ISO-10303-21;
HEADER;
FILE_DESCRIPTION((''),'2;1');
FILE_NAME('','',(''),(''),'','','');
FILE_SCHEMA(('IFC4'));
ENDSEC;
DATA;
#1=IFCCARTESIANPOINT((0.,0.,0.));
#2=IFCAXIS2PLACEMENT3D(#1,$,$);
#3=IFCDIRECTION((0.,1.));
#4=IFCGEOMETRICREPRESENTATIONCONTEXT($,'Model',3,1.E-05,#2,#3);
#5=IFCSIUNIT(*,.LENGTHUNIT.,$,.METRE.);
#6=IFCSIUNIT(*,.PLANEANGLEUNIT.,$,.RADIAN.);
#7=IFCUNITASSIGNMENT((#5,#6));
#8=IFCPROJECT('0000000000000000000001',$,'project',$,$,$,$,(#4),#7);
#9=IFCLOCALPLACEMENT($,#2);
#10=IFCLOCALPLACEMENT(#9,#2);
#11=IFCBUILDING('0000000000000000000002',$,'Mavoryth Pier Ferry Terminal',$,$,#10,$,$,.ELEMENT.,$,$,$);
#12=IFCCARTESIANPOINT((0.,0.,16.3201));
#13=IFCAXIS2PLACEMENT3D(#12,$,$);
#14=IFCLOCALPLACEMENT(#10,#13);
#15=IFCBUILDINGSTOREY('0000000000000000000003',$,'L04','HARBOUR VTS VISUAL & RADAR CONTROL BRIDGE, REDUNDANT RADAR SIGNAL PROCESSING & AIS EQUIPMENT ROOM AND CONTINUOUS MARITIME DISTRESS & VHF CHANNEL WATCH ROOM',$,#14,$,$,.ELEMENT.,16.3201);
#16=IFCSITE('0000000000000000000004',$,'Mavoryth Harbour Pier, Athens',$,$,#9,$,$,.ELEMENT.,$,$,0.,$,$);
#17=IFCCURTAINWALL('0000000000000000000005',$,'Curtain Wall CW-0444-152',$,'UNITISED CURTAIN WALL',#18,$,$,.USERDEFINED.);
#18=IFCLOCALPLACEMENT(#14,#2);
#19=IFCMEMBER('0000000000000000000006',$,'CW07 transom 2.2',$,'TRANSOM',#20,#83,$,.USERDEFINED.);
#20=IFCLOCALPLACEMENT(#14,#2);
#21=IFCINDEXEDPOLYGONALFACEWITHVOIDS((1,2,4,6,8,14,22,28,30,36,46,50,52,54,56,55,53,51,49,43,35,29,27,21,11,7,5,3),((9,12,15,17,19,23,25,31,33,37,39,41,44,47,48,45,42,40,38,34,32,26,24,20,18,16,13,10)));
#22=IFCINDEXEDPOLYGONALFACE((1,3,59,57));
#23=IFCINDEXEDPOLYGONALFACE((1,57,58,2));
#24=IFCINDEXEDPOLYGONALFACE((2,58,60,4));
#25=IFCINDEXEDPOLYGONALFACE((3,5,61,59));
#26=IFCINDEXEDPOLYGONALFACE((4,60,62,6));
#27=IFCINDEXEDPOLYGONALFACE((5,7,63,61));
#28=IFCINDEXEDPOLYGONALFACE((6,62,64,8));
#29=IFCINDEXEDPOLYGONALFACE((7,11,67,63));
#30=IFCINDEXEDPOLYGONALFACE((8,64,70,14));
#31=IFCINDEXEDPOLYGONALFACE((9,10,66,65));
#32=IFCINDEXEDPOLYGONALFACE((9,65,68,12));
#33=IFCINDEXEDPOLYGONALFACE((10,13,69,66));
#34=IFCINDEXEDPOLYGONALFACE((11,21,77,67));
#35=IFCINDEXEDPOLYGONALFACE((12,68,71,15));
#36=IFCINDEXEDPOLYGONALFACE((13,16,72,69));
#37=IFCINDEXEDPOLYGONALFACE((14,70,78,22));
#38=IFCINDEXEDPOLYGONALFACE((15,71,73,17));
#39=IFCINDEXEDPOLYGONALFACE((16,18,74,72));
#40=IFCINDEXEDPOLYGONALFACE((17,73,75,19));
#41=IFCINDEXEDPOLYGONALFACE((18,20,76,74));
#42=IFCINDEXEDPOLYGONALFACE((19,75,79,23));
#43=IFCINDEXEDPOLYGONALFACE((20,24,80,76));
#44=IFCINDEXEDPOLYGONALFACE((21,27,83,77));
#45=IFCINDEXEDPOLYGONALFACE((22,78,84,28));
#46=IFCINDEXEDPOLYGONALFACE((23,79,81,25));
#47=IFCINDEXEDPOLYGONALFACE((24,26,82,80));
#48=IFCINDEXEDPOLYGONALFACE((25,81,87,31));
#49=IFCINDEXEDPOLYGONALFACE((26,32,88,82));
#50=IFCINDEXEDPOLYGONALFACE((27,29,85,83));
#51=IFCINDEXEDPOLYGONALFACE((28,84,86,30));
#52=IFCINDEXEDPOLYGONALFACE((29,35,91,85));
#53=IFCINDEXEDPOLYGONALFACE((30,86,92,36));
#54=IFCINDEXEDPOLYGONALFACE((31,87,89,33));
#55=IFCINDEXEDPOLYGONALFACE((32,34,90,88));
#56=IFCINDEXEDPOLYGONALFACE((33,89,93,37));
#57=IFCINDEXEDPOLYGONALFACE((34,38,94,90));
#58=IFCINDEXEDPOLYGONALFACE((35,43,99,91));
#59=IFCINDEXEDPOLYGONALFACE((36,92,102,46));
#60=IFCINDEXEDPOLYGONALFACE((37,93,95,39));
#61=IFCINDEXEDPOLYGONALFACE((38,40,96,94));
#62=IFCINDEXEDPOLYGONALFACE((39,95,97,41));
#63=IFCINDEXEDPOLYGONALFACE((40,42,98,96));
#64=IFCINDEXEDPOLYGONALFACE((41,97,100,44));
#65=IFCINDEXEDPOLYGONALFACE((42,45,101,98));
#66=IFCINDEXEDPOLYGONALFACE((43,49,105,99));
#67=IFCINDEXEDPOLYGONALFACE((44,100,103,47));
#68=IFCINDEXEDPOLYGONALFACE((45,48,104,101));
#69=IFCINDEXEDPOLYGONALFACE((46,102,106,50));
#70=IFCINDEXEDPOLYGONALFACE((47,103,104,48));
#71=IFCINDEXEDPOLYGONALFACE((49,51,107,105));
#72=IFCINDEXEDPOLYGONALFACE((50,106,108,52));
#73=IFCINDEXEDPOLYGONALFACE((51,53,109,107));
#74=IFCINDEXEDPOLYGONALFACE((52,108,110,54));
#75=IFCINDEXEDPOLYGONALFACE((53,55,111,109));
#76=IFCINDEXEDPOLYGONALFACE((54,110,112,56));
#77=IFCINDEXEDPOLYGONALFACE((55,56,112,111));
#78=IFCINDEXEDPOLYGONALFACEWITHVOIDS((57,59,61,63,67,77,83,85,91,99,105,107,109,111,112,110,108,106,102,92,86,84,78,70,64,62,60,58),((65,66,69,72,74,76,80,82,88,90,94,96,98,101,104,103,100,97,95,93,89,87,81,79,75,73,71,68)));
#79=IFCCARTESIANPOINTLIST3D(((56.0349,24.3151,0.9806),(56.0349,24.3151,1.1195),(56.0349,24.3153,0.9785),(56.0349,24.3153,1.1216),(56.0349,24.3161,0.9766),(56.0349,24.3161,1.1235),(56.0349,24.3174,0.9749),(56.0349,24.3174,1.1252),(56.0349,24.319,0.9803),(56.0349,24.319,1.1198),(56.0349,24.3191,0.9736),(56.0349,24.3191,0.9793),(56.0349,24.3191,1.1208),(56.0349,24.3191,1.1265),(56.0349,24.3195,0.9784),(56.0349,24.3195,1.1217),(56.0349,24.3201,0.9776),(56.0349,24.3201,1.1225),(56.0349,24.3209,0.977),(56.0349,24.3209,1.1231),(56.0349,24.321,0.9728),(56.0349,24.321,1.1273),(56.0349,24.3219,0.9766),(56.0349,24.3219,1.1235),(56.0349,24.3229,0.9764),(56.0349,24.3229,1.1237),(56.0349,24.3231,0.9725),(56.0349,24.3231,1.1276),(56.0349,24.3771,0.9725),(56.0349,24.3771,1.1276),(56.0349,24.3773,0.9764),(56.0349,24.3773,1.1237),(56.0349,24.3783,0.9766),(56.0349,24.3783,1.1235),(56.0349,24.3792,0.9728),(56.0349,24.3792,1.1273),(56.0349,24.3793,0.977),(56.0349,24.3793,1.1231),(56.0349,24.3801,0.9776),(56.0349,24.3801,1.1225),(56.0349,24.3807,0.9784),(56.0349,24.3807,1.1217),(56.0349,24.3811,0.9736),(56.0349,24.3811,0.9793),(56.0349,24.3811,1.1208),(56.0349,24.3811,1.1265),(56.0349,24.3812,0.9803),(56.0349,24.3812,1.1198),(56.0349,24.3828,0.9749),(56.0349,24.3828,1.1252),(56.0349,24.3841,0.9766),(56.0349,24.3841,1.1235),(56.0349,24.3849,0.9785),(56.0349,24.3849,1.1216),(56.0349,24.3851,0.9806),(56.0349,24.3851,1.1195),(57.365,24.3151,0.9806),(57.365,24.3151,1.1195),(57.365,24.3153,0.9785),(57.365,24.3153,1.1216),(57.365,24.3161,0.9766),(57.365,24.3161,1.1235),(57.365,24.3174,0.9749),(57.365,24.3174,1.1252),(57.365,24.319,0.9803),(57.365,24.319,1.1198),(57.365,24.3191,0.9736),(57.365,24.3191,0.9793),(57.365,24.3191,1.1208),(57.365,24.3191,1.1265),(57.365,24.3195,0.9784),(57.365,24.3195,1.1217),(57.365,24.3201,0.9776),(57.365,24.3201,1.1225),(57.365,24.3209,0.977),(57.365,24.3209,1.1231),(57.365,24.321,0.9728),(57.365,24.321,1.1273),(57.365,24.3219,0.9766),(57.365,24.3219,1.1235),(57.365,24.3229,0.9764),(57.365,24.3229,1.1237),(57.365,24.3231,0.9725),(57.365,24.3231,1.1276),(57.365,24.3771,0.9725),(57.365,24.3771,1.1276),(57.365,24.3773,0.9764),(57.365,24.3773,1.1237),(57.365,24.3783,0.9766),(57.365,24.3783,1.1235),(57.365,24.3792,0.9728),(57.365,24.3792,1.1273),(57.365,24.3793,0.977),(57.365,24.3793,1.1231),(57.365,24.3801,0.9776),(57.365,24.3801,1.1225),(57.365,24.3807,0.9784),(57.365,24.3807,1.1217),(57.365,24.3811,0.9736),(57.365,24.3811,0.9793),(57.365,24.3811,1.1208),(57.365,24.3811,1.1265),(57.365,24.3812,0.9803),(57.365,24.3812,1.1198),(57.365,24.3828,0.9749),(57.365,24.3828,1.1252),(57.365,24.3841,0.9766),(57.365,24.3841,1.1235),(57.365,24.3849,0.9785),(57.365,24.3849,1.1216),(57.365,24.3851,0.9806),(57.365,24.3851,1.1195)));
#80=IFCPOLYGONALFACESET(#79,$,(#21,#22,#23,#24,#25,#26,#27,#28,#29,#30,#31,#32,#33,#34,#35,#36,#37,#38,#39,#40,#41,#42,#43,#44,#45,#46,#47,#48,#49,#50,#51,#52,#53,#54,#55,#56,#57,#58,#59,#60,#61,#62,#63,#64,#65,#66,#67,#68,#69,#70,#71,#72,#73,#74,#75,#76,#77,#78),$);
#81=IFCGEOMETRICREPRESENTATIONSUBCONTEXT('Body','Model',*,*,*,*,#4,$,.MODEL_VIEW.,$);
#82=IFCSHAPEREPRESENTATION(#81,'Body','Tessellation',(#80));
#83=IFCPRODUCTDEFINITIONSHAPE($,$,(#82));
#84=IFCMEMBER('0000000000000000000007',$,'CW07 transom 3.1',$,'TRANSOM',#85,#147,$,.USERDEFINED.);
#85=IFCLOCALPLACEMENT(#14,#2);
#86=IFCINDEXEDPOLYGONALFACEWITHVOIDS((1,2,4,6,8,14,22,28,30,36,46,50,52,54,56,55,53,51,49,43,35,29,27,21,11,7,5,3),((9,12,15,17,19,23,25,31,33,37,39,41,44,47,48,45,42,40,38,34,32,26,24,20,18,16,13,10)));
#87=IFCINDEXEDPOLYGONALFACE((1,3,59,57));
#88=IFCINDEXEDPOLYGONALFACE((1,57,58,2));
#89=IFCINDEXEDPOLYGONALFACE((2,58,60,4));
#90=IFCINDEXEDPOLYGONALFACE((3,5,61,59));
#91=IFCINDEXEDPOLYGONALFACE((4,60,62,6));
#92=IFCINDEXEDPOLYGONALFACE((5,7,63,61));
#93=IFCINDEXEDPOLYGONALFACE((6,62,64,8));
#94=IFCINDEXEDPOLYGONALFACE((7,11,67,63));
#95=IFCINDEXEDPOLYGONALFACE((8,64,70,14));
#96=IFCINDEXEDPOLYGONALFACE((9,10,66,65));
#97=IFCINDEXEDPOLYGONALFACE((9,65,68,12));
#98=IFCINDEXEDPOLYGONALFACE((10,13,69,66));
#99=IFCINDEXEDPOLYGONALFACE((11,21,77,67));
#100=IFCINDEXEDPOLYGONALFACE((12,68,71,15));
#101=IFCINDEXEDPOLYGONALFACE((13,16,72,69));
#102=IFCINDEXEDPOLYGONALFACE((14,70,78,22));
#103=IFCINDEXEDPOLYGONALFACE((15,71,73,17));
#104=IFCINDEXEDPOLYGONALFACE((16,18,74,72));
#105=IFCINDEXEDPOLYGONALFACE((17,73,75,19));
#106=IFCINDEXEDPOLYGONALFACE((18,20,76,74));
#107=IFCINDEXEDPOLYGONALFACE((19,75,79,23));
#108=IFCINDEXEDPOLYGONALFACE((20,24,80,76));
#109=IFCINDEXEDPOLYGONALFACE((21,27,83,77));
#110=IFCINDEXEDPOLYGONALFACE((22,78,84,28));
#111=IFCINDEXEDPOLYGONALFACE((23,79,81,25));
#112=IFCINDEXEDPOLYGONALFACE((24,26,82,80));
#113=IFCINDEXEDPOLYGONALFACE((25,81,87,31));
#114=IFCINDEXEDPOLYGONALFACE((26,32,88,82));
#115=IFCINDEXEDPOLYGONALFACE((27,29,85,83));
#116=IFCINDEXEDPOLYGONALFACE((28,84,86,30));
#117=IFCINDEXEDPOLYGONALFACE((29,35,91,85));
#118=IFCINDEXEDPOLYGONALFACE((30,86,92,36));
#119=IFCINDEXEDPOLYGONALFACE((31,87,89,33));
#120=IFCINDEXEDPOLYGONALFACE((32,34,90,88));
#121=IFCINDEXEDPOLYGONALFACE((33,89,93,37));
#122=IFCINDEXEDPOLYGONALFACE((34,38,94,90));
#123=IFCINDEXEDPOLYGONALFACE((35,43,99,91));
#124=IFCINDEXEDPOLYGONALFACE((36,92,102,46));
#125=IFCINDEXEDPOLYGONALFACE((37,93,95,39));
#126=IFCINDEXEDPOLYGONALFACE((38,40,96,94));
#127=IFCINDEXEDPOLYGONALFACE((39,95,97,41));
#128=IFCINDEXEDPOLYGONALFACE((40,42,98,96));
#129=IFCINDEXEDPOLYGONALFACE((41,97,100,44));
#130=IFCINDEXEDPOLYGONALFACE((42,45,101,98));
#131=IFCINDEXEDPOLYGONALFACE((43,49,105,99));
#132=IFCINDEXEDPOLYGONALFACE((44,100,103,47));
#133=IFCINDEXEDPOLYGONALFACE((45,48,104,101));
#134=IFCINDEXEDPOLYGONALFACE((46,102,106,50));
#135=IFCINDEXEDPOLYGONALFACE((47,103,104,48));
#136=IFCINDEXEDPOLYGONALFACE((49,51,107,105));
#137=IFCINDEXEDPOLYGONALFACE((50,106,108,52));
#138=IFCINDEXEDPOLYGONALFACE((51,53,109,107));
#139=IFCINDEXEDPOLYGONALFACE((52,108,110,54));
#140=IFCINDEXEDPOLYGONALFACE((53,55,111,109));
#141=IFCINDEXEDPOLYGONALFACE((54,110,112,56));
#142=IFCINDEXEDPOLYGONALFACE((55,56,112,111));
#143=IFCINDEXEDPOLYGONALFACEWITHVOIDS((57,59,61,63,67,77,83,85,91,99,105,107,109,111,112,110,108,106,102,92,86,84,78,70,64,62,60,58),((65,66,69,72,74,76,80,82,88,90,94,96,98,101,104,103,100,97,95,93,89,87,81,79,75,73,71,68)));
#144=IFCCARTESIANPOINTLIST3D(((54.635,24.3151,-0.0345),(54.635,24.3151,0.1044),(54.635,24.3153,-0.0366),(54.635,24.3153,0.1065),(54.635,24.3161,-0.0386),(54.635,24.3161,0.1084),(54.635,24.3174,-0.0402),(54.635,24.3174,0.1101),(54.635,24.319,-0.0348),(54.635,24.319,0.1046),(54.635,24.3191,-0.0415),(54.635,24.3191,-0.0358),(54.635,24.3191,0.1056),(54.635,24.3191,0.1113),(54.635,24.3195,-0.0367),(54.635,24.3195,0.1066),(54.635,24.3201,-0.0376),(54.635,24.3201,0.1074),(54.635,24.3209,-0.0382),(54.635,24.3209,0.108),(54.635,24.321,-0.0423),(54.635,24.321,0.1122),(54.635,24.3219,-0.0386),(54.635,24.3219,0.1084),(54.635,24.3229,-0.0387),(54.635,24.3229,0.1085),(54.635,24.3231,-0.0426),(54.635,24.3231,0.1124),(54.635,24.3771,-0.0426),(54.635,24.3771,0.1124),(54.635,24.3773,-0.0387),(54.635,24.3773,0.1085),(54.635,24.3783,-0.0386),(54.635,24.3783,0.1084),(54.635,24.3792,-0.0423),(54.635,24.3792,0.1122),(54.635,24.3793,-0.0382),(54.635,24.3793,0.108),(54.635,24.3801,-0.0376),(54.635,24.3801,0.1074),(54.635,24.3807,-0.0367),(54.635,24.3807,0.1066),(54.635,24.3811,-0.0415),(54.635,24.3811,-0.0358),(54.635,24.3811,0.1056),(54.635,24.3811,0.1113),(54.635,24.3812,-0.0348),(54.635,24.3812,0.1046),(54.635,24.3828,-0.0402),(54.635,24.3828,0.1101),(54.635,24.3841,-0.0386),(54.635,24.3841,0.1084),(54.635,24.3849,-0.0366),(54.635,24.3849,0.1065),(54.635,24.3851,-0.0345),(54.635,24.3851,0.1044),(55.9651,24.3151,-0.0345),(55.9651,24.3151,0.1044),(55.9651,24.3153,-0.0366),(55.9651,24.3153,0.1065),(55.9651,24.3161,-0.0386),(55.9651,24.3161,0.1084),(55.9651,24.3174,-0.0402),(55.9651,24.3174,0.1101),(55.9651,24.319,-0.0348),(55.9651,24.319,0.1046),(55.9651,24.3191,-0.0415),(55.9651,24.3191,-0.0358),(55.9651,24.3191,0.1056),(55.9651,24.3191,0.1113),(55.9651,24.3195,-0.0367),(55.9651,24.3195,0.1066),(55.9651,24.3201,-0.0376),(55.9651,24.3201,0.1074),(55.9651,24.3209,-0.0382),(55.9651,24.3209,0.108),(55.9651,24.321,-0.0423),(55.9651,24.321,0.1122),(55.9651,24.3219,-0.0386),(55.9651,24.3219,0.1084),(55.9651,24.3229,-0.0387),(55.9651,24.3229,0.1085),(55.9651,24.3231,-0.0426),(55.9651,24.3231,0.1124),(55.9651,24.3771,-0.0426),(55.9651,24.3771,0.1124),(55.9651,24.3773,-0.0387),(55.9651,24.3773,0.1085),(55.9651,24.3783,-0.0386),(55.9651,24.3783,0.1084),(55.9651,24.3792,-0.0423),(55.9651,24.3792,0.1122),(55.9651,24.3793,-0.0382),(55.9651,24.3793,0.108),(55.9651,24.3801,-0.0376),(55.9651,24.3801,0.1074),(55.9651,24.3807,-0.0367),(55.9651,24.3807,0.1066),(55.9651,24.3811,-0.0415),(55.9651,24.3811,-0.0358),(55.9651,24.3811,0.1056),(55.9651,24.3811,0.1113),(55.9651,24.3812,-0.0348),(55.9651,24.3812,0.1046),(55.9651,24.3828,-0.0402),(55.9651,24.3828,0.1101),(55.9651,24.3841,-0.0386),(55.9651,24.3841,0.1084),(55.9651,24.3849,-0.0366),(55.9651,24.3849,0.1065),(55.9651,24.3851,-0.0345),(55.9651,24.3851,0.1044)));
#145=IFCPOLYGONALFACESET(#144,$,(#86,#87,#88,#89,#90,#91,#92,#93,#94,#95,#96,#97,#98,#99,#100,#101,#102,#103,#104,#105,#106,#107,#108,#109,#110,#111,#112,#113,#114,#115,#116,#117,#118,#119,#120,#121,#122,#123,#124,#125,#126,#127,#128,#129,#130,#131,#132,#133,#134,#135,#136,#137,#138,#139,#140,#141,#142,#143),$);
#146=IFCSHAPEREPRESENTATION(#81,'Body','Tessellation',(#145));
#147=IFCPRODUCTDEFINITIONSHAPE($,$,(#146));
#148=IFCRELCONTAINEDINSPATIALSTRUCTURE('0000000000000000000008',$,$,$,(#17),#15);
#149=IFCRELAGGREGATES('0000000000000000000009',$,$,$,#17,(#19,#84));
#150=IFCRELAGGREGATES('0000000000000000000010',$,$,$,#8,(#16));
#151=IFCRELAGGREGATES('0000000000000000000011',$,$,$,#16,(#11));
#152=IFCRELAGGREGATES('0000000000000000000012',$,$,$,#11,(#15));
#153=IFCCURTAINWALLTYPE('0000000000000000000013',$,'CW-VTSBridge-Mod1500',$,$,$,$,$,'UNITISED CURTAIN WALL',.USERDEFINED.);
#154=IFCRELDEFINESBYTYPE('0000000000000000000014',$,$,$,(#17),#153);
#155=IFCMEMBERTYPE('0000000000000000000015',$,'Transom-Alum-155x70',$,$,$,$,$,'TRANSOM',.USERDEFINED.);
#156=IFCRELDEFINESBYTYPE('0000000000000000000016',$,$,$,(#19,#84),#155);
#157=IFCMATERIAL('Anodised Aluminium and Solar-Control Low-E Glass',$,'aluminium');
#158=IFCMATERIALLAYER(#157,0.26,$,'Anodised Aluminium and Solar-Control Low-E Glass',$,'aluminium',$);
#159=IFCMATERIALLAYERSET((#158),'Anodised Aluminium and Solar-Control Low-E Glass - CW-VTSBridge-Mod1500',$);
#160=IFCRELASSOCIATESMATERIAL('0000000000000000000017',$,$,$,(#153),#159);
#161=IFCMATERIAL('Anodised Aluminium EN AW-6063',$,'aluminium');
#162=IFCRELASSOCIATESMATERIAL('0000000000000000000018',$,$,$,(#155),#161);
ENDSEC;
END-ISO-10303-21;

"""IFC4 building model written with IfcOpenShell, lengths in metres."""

from ifc_helpers import new_model, si_unit, direction, frame, origin, origin_2d, place, context, subcontext, project, spatial, hollow_rectangle, extrude, material, layer, layer_set, material_profile, profile_set, type_object, element, aggregate, save


model = new_model("IFC4")

# Units and contexts
model_context = context("Model", 3, precision=1e-05, world=origin(), true_north=direction((0.0, 1.0)))
body_context = subcontext(model_context, "Body", "Model", "MODEL_VIEW")
ifc_project = project(units=[si_unit("LENGTHUNIT", "METRE"), si_unit("PLANEANGLEUNIT", "RADIAN")], contexts=[model_context])

# Site, building, storey
site_placement = place(None, origin())
site = spatial("IfcSite", under=ifc_project, at=site_placement, Name="Mavoryth Harbour Pier, Athens", CompositionType="ELEMENT", RefElevation=0.0)
building_placement = place(site_placement, origin())
building = spatial("IfcBuilding", under=site, at=building_placement, Name="Mavoryth Pier Ferry Terminal", CompositionType="ELEMENT")
storey_placement = place(building_placement, frame((0.0, 0.0, 16.3201)))
storey = spatial("IfcBuildingStorey", under=building, at=storey_placement, Name="L04", Description="HARBOUR VTS VISUAL & RADAR CONTROL BRIDGE, REDUNDANT RADAR SIGNAL PROCESSING & AIS EQUIPMENT ROOM AND CONTINUOUS MARITIME DISTRESS & VHF CHANNEL WATCH ROOM", CompositionType="ELEMENT", Elevation=16.3201)

# Curtain wall
ifc_material_1 = material(Name="Anodised Aluminium and Solar-Control Low-E Glass", Category="aluminium")
ifc_layer_1 = layer(ifc_material_1, 0.26, Name="Anodised Aluminium and Solar-Control Low-E Glass", Category="aluminium")
ifc_layer_set_1 = layer_set([ifc_layer_1], Name="Anodised Aluminium and Solar-Control Low-E Glass - CW-VTSBridge-Mod1500")
curtain_wall_type = type_object("IfcCurtainWallType", Name="CW-VTSBridge-Mod1500", ElementType="UNITISED CURTAIN WALL", PredefinedType="USERDEFINED", material=ifc_layer_set_1)
curtain_wall_placement = place(storey_placement, origin())
curtain_wall = element("IfcCurtainWall", 1, at=curtain_wall_placement, inside=storey, type_object=curtain_wall_type, Name="Curtain Wall CW-0444-152", ObjectType="UNITISED CURTAIN WALL", PredefinedType="USERDEFINED")
ifc_material_2 = material(Name="Anodised Aluminium EN AW-6063", Category="aluminium")

# Members
ifc_material_profile_1 = material_profile(ifc_material_2, hollow_rectangle(XDim=0.0701, YDim=0.155, WallThickness=0.0039, InnerFilletRadius=0.0039, OuterFilletRadius=0.0081, at=origin_2d()), Name="AL-TRAN 155x70x4", Category="aluminium")
ifc_profile_set_1 = profile_set([ifc_material_profile_1], Name="Anodised Aluminium EN AW-6063 - AL-TRAN 155x70x4")
member_type_1 = type_object("IfcMemberType", Name="Transom-Alum-155x70", ElementType="TRANSOM", PredefinedType="USERDEFINED", material=ifc_profile_set_1)
member_1_placement = place(storey_placement, frame((57.365, 24.3501, 1.05), z_axis=(-1.0, 0.0, 0.0), x_axis=(0.0, -1.0, 0.0)))
member_1 = element("IfcMember", 2, at=member_1_placement, type_object=member_type_1, Name="CW07 transom 2.2", ObjectType="TRANSOM", PredefinedType="USERDEFINED", context=body_context, shape_type="SweptSolid", body=[
    extrude(hollow_rectangle(XDim=0.0701, YDim=0.155, WallThickness=0.0039, InnerFilletRadius=0.0039, OuterFilletRadius=0.0081, at=origin_2d()), origin(), (0.0, 0.0, 1.0), 1.3301),
])
member_2_placement = place(storey_placement, frame((55.9651, 24.3501, 0.0349), z_axis=(-1.0, 0.0, 0.0), x_axis=(0.0, -1.0, 0.0)))
member_2 = element("IfcMember", 3, at=member_2_placement, type_object=member_type_1, Name="CW07 transom 3.1", ObjectType="TRANSOM", PredefinedType="USERDEFINED", context=body_context, shape_type="SweptSolid", body=[
    extrude(hollow_rectangle(XDim=0.0701, YDim=0.155, WallThickness=0.0039, InnerFilletRadius=0.0039, OuterFilletRadius=0.0081, at=origin_2d()), origin(), (0.0, 0.0, 1.0), 1.3301),
])

aggregate(curtain_wall, [member_1, member_2])

save(model, "model.ifc")
